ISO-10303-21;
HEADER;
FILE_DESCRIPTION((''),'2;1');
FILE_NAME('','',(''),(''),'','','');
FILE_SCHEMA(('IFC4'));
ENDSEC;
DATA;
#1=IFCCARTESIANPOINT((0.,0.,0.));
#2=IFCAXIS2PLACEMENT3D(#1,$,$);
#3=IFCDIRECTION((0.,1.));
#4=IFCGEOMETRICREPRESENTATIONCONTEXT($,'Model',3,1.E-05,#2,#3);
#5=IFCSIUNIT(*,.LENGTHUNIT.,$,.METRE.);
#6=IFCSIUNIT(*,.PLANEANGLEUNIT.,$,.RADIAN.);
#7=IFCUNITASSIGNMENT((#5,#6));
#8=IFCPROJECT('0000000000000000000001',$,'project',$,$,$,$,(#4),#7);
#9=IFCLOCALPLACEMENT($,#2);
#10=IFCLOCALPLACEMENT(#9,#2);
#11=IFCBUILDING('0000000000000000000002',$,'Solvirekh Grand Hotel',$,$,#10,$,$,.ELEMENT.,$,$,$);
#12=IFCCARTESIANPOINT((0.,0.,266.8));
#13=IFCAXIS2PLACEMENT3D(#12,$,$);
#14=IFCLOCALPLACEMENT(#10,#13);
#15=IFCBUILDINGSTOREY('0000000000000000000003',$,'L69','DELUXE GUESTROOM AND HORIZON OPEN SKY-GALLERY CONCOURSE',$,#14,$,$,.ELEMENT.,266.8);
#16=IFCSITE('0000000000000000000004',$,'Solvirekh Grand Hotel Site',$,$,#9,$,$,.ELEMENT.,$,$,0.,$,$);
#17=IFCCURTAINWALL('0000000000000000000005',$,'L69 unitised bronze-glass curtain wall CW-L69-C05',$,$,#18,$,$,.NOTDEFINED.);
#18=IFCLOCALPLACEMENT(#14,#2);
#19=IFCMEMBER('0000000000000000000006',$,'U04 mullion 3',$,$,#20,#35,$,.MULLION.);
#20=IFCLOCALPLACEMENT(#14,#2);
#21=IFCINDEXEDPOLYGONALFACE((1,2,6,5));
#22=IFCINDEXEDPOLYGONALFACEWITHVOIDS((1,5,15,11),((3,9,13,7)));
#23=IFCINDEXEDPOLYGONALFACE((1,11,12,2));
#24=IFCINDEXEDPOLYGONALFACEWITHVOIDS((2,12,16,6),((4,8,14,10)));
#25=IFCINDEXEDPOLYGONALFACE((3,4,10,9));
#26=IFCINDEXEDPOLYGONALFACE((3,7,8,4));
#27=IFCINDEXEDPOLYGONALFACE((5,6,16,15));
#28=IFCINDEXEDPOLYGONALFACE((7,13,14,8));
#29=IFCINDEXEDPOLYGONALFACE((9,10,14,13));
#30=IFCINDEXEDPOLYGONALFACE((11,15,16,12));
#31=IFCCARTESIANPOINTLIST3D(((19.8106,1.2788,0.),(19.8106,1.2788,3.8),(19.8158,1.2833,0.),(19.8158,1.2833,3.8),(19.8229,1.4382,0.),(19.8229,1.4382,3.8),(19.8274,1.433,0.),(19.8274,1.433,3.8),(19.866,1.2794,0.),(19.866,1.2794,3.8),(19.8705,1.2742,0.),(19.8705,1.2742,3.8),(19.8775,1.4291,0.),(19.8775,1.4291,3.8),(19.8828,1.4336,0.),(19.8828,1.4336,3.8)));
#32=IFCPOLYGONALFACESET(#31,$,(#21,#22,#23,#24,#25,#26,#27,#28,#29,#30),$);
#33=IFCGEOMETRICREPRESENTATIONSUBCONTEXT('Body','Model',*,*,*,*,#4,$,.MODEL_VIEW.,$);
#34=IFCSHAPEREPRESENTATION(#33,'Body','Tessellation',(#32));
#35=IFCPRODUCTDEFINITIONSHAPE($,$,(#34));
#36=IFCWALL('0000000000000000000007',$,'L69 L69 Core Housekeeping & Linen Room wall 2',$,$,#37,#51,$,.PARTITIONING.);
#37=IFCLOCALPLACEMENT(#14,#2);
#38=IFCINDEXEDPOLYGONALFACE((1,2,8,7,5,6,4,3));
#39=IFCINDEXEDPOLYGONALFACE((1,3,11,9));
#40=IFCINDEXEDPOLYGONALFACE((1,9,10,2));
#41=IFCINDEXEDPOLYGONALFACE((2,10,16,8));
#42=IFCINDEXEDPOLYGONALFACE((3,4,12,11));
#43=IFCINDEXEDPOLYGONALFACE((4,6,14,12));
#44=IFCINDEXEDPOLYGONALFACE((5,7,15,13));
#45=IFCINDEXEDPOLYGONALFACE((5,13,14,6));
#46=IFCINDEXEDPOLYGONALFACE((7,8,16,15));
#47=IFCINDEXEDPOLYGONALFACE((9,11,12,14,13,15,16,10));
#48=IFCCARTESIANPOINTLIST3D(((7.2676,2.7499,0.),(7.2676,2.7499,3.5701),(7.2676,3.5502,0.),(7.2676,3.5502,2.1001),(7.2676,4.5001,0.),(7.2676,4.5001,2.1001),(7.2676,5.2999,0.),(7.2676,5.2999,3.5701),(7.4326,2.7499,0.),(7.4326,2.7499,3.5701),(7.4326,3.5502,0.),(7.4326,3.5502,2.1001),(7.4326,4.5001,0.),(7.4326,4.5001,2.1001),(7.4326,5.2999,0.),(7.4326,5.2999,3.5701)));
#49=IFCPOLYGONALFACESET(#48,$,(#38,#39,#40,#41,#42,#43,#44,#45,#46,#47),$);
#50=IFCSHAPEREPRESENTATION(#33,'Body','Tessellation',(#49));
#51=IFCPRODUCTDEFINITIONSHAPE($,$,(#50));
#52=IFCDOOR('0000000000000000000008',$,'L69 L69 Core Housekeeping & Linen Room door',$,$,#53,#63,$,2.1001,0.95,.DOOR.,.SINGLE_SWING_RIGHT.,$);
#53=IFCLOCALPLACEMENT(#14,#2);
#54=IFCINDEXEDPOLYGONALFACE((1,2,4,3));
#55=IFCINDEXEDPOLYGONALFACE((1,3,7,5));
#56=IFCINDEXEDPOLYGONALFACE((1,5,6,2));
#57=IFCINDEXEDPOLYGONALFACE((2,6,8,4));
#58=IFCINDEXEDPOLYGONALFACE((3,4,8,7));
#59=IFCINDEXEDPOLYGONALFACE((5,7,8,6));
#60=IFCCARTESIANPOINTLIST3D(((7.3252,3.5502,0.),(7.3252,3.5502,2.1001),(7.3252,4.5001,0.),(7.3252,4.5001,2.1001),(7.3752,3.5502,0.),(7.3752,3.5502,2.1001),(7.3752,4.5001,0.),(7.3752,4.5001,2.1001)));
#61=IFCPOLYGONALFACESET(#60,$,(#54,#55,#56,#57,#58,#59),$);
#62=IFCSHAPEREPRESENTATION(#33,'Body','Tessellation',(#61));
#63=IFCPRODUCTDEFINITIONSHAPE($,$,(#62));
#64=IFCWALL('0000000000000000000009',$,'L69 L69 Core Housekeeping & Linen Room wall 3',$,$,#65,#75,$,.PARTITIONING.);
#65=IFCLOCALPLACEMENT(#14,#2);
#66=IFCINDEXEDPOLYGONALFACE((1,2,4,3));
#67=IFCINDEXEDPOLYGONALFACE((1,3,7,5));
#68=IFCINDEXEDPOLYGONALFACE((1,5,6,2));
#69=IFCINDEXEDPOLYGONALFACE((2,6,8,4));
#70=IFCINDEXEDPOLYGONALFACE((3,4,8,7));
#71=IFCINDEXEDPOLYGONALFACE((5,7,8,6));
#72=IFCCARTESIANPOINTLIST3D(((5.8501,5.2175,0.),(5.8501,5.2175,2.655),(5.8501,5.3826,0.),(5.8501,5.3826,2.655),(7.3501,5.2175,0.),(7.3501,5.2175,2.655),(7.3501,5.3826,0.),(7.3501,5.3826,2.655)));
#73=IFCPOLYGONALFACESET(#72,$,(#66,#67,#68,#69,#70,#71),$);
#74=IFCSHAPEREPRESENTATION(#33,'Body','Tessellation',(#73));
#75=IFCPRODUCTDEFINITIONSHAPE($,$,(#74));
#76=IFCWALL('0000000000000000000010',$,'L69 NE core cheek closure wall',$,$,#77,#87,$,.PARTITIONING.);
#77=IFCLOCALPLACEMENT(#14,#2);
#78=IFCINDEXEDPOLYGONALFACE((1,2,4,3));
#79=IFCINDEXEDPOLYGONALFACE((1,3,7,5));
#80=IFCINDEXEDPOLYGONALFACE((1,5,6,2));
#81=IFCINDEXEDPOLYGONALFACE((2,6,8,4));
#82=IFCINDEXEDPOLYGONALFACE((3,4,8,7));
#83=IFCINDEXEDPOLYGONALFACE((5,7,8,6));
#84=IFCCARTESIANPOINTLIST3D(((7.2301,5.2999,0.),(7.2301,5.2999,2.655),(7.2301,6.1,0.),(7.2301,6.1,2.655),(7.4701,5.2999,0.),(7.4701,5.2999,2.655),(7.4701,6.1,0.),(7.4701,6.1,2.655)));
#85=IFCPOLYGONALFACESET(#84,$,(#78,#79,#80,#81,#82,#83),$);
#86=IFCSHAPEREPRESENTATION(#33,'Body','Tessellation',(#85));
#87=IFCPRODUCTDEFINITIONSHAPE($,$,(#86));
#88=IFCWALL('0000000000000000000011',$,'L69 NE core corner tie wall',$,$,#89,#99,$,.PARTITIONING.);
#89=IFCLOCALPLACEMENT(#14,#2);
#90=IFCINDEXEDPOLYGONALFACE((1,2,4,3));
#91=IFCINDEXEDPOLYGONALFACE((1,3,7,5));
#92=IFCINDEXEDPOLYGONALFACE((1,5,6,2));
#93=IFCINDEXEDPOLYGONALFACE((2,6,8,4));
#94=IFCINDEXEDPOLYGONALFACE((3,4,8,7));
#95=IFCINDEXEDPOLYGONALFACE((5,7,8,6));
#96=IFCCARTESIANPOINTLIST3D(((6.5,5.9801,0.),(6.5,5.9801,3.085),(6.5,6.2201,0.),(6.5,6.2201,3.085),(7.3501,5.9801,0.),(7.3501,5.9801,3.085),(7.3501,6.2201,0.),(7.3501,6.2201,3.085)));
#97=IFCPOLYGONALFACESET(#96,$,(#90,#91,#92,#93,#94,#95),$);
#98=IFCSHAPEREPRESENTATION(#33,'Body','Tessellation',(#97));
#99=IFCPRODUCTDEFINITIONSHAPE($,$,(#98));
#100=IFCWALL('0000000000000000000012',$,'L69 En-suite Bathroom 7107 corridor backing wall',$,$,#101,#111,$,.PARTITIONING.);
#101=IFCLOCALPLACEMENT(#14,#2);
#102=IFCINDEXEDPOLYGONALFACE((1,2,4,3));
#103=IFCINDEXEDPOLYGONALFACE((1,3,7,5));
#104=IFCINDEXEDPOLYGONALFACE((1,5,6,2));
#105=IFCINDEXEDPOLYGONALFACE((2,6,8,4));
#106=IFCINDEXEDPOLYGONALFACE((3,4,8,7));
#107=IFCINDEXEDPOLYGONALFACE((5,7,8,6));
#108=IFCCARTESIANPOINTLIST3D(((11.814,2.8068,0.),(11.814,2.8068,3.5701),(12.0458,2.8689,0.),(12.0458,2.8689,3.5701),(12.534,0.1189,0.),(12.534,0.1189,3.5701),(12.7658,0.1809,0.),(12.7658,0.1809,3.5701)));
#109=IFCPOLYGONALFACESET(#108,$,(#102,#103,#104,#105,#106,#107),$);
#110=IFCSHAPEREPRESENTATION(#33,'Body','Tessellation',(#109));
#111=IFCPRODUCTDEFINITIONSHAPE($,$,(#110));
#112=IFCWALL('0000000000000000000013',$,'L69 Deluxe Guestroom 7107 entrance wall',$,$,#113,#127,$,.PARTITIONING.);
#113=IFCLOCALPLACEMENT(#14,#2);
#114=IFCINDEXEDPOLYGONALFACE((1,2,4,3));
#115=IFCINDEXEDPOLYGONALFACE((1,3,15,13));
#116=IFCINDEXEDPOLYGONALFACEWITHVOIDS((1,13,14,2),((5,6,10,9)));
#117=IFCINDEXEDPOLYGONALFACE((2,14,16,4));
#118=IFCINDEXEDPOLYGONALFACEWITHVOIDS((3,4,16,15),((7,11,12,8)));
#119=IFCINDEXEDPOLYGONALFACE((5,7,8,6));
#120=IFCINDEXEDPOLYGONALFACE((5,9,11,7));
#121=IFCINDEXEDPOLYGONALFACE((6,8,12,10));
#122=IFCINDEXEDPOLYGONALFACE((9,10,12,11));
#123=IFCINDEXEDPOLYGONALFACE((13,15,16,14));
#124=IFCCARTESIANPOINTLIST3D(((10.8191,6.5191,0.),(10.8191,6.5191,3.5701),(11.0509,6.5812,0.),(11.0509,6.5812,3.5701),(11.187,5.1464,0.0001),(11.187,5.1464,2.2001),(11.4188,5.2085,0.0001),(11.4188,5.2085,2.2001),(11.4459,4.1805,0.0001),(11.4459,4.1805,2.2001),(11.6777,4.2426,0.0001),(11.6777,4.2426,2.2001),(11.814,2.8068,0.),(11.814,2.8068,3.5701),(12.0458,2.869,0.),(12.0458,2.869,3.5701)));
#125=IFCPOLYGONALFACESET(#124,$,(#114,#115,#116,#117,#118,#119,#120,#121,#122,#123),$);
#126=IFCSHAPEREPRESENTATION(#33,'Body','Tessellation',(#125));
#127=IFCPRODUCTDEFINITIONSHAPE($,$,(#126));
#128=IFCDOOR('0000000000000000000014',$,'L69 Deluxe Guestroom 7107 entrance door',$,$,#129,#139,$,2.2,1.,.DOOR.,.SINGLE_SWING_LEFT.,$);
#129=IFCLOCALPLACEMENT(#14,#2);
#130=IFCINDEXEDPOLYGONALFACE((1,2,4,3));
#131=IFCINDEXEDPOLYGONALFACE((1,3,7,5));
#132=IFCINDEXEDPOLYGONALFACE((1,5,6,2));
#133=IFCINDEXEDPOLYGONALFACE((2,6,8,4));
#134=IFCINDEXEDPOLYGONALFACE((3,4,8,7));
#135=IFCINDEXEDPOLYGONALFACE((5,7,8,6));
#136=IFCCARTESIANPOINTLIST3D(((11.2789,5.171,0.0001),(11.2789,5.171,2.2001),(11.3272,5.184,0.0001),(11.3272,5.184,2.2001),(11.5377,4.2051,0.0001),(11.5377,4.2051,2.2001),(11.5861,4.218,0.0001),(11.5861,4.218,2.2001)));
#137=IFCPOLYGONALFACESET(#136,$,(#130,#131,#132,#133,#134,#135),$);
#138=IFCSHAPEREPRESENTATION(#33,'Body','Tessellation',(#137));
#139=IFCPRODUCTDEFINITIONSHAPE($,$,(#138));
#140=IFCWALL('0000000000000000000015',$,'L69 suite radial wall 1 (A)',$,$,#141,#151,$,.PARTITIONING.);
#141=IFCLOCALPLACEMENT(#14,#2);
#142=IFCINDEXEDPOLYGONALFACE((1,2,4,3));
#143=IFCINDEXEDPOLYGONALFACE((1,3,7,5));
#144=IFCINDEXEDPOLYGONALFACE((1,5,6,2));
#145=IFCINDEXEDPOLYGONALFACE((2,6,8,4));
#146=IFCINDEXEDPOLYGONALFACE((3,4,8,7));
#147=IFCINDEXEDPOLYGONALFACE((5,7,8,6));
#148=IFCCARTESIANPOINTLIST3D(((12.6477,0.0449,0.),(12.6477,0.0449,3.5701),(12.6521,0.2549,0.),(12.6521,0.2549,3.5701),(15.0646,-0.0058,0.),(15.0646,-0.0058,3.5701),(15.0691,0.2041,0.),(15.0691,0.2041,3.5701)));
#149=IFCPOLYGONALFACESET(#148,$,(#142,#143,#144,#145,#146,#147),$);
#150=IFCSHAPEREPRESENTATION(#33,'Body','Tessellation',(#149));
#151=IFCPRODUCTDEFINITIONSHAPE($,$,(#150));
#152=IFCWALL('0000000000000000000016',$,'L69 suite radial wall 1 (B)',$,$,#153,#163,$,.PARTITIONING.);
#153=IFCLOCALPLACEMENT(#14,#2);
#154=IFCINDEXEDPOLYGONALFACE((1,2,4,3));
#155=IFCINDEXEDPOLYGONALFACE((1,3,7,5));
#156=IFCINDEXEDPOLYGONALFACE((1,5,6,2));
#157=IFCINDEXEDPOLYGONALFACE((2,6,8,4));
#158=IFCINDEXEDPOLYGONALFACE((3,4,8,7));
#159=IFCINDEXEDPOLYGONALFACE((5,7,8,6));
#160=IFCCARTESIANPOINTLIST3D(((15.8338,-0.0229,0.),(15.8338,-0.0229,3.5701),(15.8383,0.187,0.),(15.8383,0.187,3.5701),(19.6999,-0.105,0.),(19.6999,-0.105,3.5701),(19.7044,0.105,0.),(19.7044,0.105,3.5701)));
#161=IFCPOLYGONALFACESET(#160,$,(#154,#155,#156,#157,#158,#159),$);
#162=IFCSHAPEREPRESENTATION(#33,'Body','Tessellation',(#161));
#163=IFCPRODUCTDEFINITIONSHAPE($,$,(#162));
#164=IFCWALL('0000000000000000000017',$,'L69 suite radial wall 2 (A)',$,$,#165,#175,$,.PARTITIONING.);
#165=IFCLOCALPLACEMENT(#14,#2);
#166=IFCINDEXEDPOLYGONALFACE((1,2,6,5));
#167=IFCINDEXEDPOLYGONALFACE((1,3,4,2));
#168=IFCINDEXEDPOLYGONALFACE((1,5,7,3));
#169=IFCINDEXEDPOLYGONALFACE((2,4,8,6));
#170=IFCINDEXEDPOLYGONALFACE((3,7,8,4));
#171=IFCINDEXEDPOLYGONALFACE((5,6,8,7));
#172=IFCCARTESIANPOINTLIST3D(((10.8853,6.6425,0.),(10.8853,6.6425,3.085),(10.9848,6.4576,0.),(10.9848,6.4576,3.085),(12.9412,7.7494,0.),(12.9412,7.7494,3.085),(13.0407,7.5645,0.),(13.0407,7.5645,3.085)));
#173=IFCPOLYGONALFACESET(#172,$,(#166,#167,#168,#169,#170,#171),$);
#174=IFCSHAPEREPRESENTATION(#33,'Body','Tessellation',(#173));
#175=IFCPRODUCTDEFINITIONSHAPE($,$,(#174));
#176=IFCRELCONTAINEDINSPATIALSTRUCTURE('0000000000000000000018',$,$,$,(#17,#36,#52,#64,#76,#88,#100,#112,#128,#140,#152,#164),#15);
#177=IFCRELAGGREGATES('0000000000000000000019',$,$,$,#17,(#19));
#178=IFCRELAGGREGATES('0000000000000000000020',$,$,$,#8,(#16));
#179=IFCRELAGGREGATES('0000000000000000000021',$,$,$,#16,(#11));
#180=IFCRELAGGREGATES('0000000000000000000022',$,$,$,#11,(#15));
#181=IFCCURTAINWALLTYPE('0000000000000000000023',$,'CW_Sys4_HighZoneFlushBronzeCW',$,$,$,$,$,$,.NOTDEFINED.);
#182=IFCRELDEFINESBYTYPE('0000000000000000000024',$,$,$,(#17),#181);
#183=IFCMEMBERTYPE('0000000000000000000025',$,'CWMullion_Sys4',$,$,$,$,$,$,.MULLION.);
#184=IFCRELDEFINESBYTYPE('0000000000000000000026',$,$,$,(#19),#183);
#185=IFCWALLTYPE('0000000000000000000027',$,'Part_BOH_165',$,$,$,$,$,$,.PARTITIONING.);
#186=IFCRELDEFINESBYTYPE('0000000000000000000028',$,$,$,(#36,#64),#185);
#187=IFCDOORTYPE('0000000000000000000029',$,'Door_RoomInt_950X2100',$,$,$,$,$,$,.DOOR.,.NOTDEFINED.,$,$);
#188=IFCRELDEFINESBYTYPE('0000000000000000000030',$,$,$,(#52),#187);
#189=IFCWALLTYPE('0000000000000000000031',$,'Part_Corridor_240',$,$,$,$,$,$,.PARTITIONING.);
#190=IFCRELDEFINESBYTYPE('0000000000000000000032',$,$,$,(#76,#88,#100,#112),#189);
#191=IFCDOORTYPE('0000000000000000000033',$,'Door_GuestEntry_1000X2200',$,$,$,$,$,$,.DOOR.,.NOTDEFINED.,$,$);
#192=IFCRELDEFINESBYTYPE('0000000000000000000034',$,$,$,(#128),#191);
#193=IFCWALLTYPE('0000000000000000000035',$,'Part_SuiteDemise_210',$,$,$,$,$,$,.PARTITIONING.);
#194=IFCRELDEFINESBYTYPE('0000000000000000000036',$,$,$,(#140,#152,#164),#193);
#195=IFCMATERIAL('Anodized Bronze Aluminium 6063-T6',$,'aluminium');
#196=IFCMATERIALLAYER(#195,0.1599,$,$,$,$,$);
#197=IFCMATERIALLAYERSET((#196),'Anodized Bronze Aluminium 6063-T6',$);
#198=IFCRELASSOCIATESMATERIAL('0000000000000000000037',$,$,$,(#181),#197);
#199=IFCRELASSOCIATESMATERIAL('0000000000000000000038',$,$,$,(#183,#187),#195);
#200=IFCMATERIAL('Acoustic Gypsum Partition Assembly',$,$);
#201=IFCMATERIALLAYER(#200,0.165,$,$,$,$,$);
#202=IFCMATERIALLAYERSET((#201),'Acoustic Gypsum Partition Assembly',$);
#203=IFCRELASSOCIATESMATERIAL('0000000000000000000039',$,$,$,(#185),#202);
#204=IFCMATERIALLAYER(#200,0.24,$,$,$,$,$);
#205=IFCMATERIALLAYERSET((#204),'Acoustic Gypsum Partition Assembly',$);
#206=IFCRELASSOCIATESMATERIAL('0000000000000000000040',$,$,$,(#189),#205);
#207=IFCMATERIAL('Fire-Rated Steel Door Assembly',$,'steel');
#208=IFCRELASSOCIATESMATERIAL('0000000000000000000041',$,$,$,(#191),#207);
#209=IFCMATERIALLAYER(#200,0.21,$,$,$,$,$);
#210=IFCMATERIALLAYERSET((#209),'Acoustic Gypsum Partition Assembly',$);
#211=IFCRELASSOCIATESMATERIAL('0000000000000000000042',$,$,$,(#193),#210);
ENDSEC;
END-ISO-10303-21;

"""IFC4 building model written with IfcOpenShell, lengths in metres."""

from ifc_helpers import new_model, si_unit, direction, frame, frame_2d, origin, origin_2d, place, context, subcontext, project, spatial, rectangle, hollow_rectangle, extrude, source, transform, mapped, material, layer, layer_set, material_profile, profile_set, type_object, element, fill, aggregate, save


model = new_model("IFC4")

# Units and contexts
model_context = context("Model", 3, precision=1e-05, world=origin(), true_north=direction((0.0, 1.0)))
body_context = subcontext(model_context, "Body", "Model", "MODEL_VIEW")
ifc_project = project(units=[si_unit("LENGTHUNIT", "METRE"), si_unit("PLANEANGLEUNIT", "RADIAN")], contexts=[model_context])

# Site, building, storey
site_placement = place(None, origin())
site = spatial("IfcSite", under=ifc_project, at=site_placement, Name="Solvirekh Grand Hotel Site", CompositionType="ELEMENT", RefElevation=0.0)
building_placement = place(site_placement, origin())
building = spatial("IfcBuilding", under=site, at=building_placement, Name="Solvirekh Grand Hotel", CompositionType="ELEMENT")
storey_placement = place(building_placement, frame((0.0, 0.0, 266.8)))
storey = spatial("IfcBuildingStorey", under=building, at=storey_placement, Name="L69", Description="DELUXE GUESTROOM AND HORIZON OPEN SKY-GALLERY CONCOURSE", CompositionType="ELEMENT", Elevation=266.8)

# Curtain wall, member
ifc_material_1 = material(Name="Anodized Bronze Aluminium 6063-T6", Category="aluminium")
ifc_layer_1 = layer(ifc_material_1, 0.1599)
ifc_layer_set_1 = layer_set([ifc_layer_1], Name="Anodized Bronze Aluminium 6063-T6")
curtain_wall_type = type_object("IfcCurtainWallType", Name="CW_Sys4_HighZoneFlushBronzeCW", PredefinedType="NOTDEFINED", material=ifc_layer_set_1)
curtain_wall_placement = place(storey_placement, origin())
curtain_wall = element("IfcCurtainWall", 1, at=curtain_wall_placement, inside=storey, type_object=curtain_wall_type, Name="L69 unitised bronze-glass curtain wall CW-L69-C05", PredefinedType="NOTDEFINED")
ifc_material_profile_1 = material_profile(ifc_material_1, hollow_rectangle(XDim=0.0601, YDim=0.1599, WallThickness=0.0049, at=origin_2d()), Name="ALU RHS 160X60X5")
ifc_profile_set_1 = profile_set([ifc_material_profile_1], Name="Anodized Bronze Aluminium 6063-T6")
member_type = type_object("IfcMemberType", Name="CWMullion_Sys4", PredefinedType="MULLION", material=ifc_profile_set_1)
shared_shape = source(origin(), body_context, "Body", "SweptSolid", [
    extrude(hollow_rectangle(XDim=0.0601, YDim=0.1599, WallThickness=0.0049, at=origin_2d()), origin(), (0.0, 0.0, 1.0), 3.8),
])
member_placement = place(storey_placement, frame((19.8467, 1.3562, 0.0), z_axis=(0.0, 0.0, 1.0), x_axis=(-0.997023, 0.077111, 0.0)))
member = element("IfcMember", 2, at=member_placement, type_object=member_type, Name="U04 mullion 3", PredefinedType="MULLION", context=body_context, shape_type="MappedRepresentation", body=[
    mapped(shared_shape, transform((0.0, 0.0, 0.0), x_axis=(1.0, 0.0, 0.0), y_axis=(0.0, 1.0, 0.0), z_axis=(0.0, 0.0, 1.0), scale=1.0)),
])
aggregate(curtain_wall, [member])

# Wall, opening, door
ifc_material_2 = material(Name="Acoustic Gypsum Partition Assembly")
ifc_layer_2 = layer(ifc_material_2, 0.165)
ifc_layer_set_2 = layer_set([ifc_layer_2], Name="Acoustic Gypsum Partition Assembly")
wall_type_1 = type_object("IfcWallType", Name="Part_BOH_165", PredefinedType="PARTITIONING", material=ifc_layer_set_2)
wall_1_placement = place(storey_placement, frame((7.3501, 2.75, 0.0), z_axis=(0.0, 0.0, 1.0), x_axis=(0.0, 1.0, 0.0)))
wall_1 = element("IfcWall", 3, at=wall_1_placement, inside=storey, type_object=wall_type_1, Name="L69 L69 Core Housekeeping & Linen Room wall 2", PredefinedType="PARTITIONING", context=body_context, shape_type="SweptSolid", body=[
    extrude(rectangle(XDim=2.55, YDim=0.165, at=frame_2d((1.2749, 0.0))), origin(), (0.0, 0.0, 1.0), 3.5701),
])
opening_1_placement = place(wall_1_placement, frame((0.8, 0.0, 0.0)))
opening_1 = element("IfcOpeningElement", 4, at=opening_1_placement, cuts=wall_1, PredefinedType="OPENING", context=body_context, shape_type="SweptSolid", body=[
    extrude(rectangle(XDim=0.95, YDim=2.1001, at=frame_2d((0.4751, 1.05))), frame((0.0, 0.0925, 0.0), z_axis=(0.0, -1.0, 0.0), x_axis=(1.0, 0.0, 0.0)), (0.0, 0.0, 1.0), 0.1851),
])
door_type_1 = type_object("IfcDoorType", Name="Door_RoomInt_950X2100", OperationType="NOTDEFINED", PredefinedType="DOOR", material=ifc_material_1)
door_1_placement = place(opening_1_placement, origin())
door_1 = element("IfcDoor", 5, at=door_1_placement, inside=storey, type_object=door_type_1, Name="L69 L69 Core Housekeeping & Linen Room door", OperationType="SINGLE_SWING_RIGHT", OverallHeight=2.1001, OverallWidth=0.95, PredefinedType="DOOR", context=body_context, shape_type="SweptSolid", body=[
    extrude(rectangle(XDim=0.95, YDim=2.1001, at=frame_2d((0.4751, 1.05))), frame((0.0, 0.0249, 0.0), z_axis=(0.0, -1.0, 0.0), x_axis=(1.0, 0.0, 0.0)), (0.0, 0.0, 1.0), 0.05),
])
fill(opening_1, door_1)

# Walls
wall_2_placement = place(storey_placement, frame((7.3501, 5.3, 0.0), z_axis=(0.0, 0.0, 1.0), x_axis=(-1.0, 0.0, 0.0)))
element("IfcWall", 6, at=wall_2_placement, inside=storey, type_object=wall_type_1, Name="L69 L69 Core Housekeeping & Linen Room wall 3", PredefinedType="PARTITIONING", context=body_context, shape_type="SweptSolid", body=[
    extrude(rectangle(XDim=1.5, YDim=0.165, at=frame_2d((0.75, 0.0))), origin(), (0.0, 0.0, 1.0), 2.655),
])
ifc_layer_3 = layer(ifc_material_2, 0.24)
ifc_layer_set_3 = layer_set([ifc_layer_3], Name="Acoustic Gypsum Partition Assembly")
wall_type_2 = type_object("IfcWallType", Name="Part_Corridor_240", PredefinedType="PARTITIONING", material=ifc_layer_set_3)
wall_3_placement = place(storey_placement, frame((7.3501, 5.3, 0.0), z_axis=(0.0, 0.0, 1.0), x_axis=(0.0, 1.0, 0.0)))
element("IfcWall", 7, at=wall_3_placement, inside=storey, type_object=wall_type_2, Name="L69 NE core cheek closure wall", PredefinedType="PARTITIONING", context=body_context, shape_type="SweptSolid", body=[
    extrude(rectangle(XDim=0.8, YDim=0.24, at=frame_2d((0.3999, 0.0))), origin(), (0.0, 0.0, 1.0), 2.655),
])
wall_4_placement = place(storey_placement, frame((6.5, 6.1001, 0.0), z_axis=(0.0, 0.0, 1.0), x_axis=(1.0, 0.0, 0.0)))
element("IfcWall", 8, at=wall_4_placement, inside=storey, type_object=wall_type_2, Name="L69 NE core corner tie wall", PredefinedType="PARTITIONING", context=body_context, shape_type="SweptSolid", body=[
    extrude(rectangle(XDim=0.8501, YDim=0.24, at=frame_2d((0.425, 0.0))), origin(), (0.0, 0.0, 1.0), 3.085),
])
wall_5_placement = place(storey_placement, frame((12.6499, 0.1499, 0.0), z_axis=(0.0, 0.0, 1.0), x_axis=(-0.258727, 0.96595, 0.0)))
element("IfcWall", 9, at=wall_5_placement, inside=storey, type_object=wall_type_2, Name="L69 En-suite Bathroom 7107 corridor backing wall", PredefinedType="PARTITIONING", context=body_context, shape_type="SweptSolid", body=[
    extrude(rectangle(XDim=2.7827, YDim=0.24, at=frame_2d((1.3914, 0.0))), origin(), (0.0, 0.0, 1.0), 3.5701),
])

# Wall, opening, door
wall_6_placement = place(storey_placement, frame((11.9299, 2.8379, 0.0), z_axis=(0.0, 0.0, 1.0), x_axis=(-0.258868, 0.965913, 0.0)))
wall_6 = element("IfcWall", 10, at=wall_6_placement, inside=storey, type_object=wall_type_2, Name="L69 Deluxe Guestroom 7107 entrance wall", PredefinedType="PARTITIONING", context=body_context, shape_type="SweptSolid", body=[
    extrude(rectangle(XDim=3.8433, YDim=0.24, at=frame_2d((1.9216, 0.0))), origin(), (0.0, 0.0, 1.0), 3.5701),
])
opening_2_placement = place(wall_6_placement, frame((1.4221, 0.0, 0.0)))
opening_2 = element("IfcOpeningElement", 11, at=opening_2_placement, cuts=wall_6, PredefinedType="OPENING", context=body_context, shape_type="SweptSolid", body=[
    extrude(rectangle(XDim=1.0, YDim=2.2, at=frame_2d((0.5, 1.1001))), frame((0.0, 0.1299, 0.0), z_axis=(0.0, -1.0, 0.0), x_axis=(1.0, 0.0, 0.0)), (0.0, 0.0, 1.0), 0.26),
])
ifc_material_3 = material(Name="Fire-Rated Steel Door Assembly", Category="steel")
door_type_2 = type_object("IfcDoorType", Name="Door_GuestEntry_1000X2200", OperationType="NOTDEFINED", PredefinedType="DOOR", material=ifc_material_3)
door_2_placement = place(opening_2_placement, origin())
door_2 = element("IfcDoor", 12, at=door_2_placement, inside=storey, type_object=door_type_2, Name="L69 Deluxe Guestroom 7107 entrance door", OperationType="SINGLE_SWING_LEFT", OverallHeight=2.2, OverallWidth=1.0, PredefinedType="DOOR", context=body_context, shape_type="SweptSolid", body=[
    extrude(rectangle(XDim=1.0, YDim=2.2, at=frame_2d((0.5, 1.1001))), frame((0.0, 0.0249, 0.0), z_axis=(0.0, -1.0, 0.0), x_axis=(1.0, 0.0, 0.0)), (0.0, 0.0, 1.0), 0.05),
])
fill(opening_2, door_2)

# Walls
ifc_layer_4 = layer(ifc_material_2, 0.21)
ifc_layer_set_4 = layer_set([ifc_layer_4], Name="Acoustic Gypsum Partition Assembly")
wall_type_3 = type_object("IfcWallType", Name="Part_SuiteDemise_210", PredefinedType="PARTITIONING", material=ifc_layer_set_4)
wall_7_placement = place(storey_placement, frame((12.6499, 0.1499, 0.0), z_axis=(0.0, 0.0, 1.0), x_axis=(0.999779, -0.021005, 0.0)))
element("IfcWall", 13, at=wall_7_placement, inside=storey, type_object=wall_type_3, Name="L69 suite radial wall 1 (A)", PredefinedType="PARTITIONING", context=body_context, shape_type="SweptSolid", body=[
    extrude(rectangle(XDim=2.4175, YDim=0.21, at=frame_2d((1.2087, 0.0))), origin(), (0.0, 0.0, 1.0), 3.5701),
])
wall_8_placement = place(storey_placement, frame((15.8359, 0.082, 0.0), z_axis=(0.0, 0.0, 1.0), x_axis=(0.999775, -0.021214, 0.0)))
element("IfcWall", 14, at=wall_8_placement, inside=storey, type_object=wall_type_3, Name="L69 suite radial wall 1 (B)", PredefinedType="PARTITIONING", context=body_context, shape_type="SweptSolid", body=[
    extrude(rectangle(XDim=3.8669, YDim=0.21, at=frame_2d((1.9336, 0.0))), origin(), (0.0, 0.0, 1.0), 3.5701),
])
wall_9_placement = place(storey_placement, frame((10.9351, 6.55, 0.0), z_axis=(0.0, 0.0, 1.0), x_axis=(0.880488, 0.474069, 0.0)))
element("IfcWall", 15, at=wall_9_placement, inside=storey, type_object=wall_type_3, Name="L69 suite radial wall 2 (A)", PredefinedType="PARTITIONING", context=body_context, shape_type="SweptSolid", body=[
    extrude(rectangle(XDim=2.335, YDim=0.21, at=frame_2d((1.1675, 0.0))), origin(), (0.0, 0.0, 1.0), 3.085),
])

save(model, "model.ifc")
